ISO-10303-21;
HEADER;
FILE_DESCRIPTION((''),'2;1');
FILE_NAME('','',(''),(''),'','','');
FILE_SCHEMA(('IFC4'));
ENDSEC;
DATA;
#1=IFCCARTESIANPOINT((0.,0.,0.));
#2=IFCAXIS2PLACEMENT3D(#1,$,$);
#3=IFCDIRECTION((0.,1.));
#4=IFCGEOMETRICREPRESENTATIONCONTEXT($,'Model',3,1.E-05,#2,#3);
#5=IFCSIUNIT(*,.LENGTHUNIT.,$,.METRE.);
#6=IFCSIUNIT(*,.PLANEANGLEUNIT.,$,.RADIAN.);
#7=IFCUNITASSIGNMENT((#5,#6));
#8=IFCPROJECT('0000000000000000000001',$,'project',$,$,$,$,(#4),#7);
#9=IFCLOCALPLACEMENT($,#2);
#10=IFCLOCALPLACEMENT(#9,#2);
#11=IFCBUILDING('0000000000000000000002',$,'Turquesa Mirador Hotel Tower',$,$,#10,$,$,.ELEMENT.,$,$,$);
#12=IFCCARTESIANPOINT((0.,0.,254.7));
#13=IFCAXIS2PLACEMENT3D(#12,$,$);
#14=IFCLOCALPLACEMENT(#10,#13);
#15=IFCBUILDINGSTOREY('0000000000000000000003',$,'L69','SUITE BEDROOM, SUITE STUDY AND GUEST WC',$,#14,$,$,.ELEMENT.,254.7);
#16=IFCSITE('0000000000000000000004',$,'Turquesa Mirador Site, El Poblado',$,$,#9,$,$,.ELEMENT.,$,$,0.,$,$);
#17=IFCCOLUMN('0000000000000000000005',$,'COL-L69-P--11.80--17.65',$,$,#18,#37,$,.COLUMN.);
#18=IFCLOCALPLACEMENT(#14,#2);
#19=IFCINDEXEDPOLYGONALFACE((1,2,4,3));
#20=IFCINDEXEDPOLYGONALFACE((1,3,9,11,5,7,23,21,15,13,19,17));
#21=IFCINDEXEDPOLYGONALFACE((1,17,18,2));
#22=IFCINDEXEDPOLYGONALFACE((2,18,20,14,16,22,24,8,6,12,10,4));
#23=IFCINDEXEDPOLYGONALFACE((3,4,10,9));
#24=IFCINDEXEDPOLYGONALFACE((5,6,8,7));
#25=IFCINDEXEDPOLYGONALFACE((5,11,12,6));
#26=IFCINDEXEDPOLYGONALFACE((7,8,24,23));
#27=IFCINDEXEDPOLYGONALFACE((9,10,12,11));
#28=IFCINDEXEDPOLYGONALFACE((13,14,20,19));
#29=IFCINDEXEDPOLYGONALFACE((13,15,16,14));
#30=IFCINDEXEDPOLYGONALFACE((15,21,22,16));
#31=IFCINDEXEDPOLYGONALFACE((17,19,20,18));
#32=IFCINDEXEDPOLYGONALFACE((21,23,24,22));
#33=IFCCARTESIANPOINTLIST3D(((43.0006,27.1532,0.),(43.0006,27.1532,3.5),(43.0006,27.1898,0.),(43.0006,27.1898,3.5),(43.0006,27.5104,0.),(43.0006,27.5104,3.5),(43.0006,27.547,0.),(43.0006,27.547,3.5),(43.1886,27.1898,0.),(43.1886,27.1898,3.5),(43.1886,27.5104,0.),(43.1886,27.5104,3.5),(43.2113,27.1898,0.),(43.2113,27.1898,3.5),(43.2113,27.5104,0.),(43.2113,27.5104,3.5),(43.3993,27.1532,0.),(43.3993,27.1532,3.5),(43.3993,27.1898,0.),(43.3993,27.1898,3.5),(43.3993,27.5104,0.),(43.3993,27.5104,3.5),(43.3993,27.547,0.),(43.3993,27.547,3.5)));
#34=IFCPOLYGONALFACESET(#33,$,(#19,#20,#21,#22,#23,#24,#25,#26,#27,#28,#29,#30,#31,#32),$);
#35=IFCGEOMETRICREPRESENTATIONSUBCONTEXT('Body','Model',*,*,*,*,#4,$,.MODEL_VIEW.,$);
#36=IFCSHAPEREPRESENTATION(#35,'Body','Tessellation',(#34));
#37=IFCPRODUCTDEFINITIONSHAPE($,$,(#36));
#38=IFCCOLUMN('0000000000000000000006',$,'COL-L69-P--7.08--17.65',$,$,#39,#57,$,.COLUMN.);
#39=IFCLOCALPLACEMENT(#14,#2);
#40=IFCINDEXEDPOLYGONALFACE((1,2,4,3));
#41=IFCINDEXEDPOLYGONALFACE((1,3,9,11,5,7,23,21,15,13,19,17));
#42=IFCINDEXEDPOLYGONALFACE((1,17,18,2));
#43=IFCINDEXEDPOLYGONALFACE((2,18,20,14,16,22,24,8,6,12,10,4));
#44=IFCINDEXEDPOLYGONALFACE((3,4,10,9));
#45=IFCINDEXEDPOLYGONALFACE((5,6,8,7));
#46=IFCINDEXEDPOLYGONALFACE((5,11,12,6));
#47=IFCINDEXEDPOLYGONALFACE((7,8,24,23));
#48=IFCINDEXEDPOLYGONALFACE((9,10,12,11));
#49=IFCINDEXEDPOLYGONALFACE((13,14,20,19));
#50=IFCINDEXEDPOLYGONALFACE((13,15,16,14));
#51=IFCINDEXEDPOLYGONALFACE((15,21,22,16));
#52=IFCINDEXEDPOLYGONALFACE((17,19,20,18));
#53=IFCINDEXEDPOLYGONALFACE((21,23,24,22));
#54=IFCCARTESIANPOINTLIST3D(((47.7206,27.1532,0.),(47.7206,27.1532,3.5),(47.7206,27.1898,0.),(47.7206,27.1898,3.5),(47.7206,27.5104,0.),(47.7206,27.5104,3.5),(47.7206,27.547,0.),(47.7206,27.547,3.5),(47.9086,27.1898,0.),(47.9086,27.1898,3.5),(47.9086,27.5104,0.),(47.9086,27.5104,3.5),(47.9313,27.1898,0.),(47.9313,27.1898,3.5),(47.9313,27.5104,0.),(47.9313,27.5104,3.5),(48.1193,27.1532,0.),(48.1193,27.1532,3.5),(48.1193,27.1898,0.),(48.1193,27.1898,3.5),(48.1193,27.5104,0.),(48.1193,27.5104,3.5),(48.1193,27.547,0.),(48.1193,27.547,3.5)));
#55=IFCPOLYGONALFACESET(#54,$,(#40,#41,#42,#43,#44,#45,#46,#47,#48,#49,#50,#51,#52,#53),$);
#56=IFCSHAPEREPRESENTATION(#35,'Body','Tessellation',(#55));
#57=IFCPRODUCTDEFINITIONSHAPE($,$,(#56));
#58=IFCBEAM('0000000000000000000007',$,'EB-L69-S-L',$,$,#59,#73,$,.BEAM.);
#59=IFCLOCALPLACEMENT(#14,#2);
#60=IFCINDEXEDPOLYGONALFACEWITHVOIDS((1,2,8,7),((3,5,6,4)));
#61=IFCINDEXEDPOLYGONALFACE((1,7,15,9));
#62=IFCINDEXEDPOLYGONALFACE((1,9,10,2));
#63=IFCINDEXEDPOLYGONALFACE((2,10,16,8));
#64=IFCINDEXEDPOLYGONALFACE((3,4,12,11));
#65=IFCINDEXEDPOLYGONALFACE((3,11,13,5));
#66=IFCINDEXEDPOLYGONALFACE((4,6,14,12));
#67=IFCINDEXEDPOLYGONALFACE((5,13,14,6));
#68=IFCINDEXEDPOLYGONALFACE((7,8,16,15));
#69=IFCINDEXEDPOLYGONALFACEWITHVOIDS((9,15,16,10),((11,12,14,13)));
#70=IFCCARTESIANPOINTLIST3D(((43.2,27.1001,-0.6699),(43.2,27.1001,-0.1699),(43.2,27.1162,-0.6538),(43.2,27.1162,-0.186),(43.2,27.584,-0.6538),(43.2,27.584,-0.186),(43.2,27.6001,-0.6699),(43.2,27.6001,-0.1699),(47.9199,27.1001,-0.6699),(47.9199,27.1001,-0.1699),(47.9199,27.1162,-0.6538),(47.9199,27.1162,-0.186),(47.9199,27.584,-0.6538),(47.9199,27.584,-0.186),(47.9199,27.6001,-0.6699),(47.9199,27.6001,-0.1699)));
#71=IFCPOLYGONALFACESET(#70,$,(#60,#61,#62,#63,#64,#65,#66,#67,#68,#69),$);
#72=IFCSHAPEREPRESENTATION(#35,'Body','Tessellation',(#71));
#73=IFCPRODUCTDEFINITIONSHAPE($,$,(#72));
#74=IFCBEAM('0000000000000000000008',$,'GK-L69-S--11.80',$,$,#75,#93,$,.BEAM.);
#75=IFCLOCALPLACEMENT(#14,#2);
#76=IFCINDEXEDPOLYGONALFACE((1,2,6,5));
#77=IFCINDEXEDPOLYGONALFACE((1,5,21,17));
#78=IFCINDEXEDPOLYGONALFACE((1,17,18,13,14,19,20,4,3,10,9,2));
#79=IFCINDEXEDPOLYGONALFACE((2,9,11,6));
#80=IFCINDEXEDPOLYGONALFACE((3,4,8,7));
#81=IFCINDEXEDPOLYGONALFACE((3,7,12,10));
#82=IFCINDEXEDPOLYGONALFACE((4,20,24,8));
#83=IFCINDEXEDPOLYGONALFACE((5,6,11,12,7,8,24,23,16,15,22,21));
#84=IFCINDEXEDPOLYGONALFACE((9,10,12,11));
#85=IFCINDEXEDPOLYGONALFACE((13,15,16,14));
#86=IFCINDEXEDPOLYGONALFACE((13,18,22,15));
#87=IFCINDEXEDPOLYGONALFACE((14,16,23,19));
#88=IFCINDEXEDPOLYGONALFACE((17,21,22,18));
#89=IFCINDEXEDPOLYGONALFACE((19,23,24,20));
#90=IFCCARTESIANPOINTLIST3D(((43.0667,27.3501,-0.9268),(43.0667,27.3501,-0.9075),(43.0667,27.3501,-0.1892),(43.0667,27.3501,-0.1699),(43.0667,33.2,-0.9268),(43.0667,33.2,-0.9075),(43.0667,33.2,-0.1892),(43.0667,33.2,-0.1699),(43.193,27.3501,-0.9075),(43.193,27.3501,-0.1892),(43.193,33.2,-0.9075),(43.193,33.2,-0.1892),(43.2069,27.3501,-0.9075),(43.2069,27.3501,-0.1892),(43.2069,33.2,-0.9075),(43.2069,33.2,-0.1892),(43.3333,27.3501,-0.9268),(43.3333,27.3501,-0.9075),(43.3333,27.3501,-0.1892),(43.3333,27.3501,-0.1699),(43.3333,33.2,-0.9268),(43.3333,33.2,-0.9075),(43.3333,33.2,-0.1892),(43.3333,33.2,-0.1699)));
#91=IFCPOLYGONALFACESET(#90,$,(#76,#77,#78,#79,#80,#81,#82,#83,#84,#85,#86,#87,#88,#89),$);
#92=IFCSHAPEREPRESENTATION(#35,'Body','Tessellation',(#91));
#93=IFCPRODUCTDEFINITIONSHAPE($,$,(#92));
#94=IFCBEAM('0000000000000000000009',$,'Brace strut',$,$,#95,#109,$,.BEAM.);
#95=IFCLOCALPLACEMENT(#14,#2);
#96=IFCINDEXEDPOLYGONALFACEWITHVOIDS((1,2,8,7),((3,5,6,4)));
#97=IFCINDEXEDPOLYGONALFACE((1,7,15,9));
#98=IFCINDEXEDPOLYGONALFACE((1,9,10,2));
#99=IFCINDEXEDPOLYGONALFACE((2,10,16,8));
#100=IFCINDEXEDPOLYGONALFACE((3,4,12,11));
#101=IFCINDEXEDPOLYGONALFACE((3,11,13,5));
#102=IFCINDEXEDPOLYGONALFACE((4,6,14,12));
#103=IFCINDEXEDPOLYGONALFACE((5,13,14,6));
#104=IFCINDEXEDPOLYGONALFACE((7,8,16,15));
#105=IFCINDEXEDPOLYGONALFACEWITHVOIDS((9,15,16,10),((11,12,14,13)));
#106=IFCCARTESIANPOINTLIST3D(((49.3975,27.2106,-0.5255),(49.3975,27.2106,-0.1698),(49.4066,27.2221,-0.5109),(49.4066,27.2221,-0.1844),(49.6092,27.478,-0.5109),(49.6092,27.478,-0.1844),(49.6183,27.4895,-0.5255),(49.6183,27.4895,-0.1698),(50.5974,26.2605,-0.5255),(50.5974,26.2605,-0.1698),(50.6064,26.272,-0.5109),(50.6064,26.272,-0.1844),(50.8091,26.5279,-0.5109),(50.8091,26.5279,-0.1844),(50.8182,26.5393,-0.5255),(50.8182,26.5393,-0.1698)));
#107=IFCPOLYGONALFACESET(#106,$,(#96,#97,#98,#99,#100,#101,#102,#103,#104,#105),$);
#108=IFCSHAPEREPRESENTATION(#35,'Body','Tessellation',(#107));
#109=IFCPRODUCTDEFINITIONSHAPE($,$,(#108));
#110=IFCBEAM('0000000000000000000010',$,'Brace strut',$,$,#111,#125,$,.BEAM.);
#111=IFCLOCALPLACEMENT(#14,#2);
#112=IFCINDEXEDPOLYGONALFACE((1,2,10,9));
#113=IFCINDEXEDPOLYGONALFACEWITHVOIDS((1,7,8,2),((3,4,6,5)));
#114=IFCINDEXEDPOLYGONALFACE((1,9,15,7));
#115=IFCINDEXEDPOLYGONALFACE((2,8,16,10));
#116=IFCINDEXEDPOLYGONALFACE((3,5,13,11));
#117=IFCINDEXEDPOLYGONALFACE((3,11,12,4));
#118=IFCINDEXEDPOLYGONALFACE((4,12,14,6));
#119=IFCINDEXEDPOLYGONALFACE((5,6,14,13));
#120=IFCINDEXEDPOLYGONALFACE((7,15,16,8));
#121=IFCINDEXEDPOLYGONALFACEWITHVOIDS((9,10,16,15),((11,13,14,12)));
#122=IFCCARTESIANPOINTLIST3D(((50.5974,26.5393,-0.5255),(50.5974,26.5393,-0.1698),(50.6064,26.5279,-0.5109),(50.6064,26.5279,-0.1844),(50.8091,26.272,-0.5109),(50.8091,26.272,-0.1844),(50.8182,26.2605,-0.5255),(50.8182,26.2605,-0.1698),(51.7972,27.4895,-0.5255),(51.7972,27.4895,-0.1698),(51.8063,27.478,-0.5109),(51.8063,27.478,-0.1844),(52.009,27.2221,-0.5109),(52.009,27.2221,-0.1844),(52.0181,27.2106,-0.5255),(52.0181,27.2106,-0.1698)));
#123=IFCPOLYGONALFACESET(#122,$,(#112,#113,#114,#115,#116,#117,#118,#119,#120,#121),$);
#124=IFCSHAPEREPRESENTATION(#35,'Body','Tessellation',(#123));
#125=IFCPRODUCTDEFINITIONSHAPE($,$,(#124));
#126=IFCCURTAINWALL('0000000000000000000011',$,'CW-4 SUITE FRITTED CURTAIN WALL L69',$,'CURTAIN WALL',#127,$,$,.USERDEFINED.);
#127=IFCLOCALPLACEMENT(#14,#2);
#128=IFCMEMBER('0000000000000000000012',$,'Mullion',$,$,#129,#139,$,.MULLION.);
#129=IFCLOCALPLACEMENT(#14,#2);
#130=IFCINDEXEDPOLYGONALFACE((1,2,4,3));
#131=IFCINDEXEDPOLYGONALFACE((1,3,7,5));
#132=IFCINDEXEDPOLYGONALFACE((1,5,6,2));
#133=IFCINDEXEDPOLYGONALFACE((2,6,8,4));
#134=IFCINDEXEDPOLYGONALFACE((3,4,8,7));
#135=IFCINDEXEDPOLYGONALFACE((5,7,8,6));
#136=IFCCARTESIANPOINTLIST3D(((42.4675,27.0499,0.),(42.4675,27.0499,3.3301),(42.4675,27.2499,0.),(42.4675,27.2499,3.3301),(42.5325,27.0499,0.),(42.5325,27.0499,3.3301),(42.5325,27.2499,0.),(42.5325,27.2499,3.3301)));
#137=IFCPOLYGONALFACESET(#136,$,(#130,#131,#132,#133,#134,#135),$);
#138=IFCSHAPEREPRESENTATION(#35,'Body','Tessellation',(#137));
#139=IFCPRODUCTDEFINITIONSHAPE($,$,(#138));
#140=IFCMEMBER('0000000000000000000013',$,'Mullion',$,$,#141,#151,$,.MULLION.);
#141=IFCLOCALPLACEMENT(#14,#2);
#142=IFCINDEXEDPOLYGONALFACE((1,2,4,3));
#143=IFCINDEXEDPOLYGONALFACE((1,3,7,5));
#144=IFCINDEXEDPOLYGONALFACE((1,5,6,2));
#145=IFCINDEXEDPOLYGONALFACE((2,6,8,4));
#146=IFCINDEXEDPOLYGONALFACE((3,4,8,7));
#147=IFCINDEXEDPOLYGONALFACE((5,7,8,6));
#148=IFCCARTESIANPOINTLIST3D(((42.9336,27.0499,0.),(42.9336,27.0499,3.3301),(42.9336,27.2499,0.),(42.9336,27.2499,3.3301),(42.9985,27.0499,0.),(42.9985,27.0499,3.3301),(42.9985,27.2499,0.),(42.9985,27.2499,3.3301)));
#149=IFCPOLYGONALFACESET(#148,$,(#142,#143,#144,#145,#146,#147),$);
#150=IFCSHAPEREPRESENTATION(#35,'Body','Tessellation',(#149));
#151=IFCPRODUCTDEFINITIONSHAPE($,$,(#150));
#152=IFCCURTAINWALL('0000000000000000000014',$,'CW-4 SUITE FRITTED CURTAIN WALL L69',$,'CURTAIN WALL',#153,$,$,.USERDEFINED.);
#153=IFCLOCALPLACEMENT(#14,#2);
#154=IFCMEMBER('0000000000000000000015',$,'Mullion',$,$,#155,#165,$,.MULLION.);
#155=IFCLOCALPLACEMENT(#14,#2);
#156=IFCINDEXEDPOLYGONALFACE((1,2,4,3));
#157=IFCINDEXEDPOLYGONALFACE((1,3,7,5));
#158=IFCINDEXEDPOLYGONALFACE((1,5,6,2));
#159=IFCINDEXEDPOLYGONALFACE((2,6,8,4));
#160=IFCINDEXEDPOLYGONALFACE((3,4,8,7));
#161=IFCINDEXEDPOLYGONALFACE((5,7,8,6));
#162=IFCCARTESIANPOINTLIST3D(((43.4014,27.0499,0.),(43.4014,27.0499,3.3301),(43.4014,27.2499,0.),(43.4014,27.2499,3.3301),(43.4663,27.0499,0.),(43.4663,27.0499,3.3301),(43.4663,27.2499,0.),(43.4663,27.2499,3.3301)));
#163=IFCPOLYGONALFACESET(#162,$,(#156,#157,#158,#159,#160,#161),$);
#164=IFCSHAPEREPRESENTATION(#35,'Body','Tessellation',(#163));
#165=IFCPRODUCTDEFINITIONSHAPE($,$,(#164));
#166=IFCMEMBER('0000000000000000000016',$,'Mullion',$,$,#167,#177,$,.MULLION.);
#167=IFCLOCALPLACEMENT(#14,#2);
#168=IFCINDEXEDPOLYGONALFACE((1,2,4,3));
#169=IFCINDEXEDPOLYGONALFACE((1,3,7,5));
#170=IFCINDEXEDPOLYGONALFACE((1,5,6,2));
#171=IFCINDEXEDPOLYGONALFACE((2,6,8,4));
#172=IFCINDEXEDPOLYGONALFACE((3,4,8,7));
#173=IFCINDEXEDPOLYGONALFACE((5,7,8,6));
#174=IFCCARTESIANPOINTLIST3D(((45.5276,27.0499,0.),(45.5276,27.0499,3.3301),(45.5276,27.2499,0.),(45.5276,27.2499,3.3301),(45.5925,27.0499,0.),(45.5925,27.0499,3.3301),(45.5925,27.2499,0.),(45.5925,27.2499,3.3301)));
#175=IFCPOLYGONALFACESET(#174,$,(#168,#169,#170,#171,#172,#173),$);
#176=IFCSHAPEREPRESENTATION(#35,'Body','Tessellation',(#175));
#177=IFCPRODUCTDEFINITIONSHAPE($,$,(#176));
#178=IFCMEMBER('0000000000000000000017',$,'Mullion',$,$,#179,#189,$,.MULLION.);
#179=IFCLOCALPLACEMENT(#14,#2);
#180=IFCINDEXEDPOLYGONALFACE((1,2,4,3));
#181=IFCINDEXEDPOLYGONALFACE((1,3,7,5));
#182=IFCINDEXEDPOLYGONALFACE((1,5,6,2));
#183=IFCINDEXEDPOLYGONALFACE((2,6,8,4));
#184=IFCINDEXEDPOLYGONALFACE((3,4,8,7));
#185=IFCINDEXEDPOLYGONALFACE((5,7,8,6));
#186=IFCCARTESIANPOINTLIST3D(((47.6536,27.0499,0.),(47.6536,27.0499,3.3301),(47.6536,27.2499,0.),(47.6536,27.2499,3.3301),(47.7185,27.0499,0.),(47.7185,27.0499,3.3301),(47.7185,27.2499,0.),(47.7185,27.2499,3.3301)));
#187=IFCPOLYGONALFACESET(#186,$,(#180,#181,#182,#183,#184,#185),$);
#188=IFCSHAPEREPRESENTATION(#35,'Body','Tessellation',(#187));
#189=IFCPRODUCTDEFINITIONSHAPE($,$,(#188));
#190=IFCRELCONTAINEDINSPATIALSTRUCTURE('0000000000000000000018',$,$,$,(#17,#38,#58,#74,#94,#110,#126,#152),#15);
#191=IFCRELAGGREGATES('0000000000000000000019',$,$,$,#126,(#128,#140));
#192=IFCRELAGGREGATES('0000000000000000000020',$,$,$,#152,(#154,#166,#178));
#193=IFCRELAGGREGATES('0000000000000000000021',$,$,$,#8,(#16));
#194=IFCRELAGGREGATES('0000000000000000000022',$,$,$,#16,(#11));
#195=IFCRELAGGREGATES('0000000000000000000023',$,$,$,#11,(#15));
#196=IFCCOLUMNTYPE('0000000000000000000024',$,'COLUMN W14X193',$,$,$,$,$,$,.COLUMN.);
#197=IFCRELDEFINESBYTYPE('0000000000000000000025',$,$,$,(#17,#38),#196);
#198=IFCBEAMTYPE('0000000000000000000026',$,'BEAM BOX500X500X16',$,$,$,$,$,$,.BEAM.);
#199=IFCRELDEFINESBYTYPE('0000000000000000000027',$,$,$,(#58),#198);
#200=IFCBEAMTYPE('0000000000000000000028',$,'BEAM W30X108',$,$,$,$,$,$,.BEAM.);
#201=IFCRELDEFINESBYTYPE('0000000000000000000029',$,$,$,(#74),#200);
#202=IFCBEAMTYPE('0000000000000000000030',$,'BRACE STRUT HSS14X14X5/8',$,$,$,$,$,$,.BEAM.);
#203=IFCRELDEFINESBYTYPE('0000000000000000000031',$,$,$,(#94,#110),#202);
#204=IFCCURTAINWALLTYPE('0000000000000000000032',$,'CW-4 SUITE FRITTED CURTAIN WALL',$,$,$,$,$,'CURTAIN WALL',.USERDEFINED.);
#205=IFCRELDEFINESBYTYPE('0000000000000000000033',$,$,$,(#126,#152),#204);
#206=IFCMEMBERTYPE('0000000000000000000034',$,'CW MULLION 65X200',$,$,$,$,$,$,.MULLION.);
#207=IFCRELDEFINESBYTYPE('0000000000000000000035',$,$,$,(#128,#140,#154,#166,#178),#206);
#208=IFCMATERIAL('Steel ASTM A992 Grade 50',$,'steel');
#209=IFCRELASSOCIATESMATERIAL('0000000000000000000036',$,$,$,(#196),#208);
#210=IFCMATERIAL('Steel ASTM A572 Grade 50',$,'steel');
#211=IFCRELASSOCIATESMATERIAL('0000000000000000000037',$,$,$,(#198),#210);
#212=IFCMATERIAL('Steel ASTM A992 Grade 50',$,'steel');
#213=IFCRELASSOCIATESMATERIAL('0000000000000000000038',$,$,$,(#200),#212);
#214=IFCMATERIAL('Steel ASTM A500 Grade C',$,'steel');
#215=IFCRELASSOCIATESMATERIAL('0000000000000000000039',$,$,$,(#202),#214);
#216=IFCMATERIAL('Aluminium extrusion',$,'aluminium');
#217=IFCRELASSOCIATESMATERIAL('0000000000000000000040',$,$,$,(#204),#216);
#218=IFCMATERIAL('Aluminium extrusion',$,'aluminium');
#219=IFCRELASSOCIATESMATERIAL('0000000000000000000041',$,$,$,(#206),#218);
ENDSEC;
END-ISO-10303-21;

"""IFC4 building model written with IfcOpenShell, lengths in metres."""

from ifc_helpers import new_model, si_unit, direction, frame, origin, origin_2d, place, context, subcontext, project, spatial, rectangle, hollow_rectangle, i_section, extrude, material, material_profile, profile_set, type_object, element, aggregate, save


model = new_model("IFC4")

# Units and contexts
model_context = context("Model", 3, precision=1e-05, world=origin(), true_north=direction((0.0, 1.0)))
body_context = subcontext(model_context, "Body", "Model", "MODEL_VIEW")
ifc_project = project(units=[si_unit("LENGTHUNIT", "METRE"), si_unit("PLANEANGLEUNIT", "RADIAN")], contexts=[model_context])

# Site, building, storey
site_placement = place(None, origin())
site = spatial("IfcSite", under=ifc_project, at=site_placement, Name="Turquesa Mirador Site, El Poblado", CompositionType="ELEMENT", RefElevation=0.0)
building_placement = place(site_placement, origin())
building = spatial("IfcBuilding", under=site, at=building_placement, Name="Turquesa Mirador Hotel Tower", CompositionType="ELEMENT")
storey_placement = place(building_placement, frame((0.0, 0.0, 254.7)))
storey = spatial("IfcBuildingStorey", under=building, at=storey_placement, Name="L69", Description="SUITE BEDROOM, SUITE STUDY AND GUEST WC", CompositionType="ELEMENT", Elevation=254.7)

# Columns
ifc_material_1 = material(Name="Steel ASTM A992 Grade 50", Category="steel")
ifc_material_profile_1 = material_profile(ifc_material_1, i_section(OverallWidth=0.3987, OverallDepth=0.3938, WebThickness=0.0227, FlangeThickness=0.0366, at=origin_2d()), Name="W14X193")
ifc_profile_set_1 = profile_set([ifc_material_profile_1], Name="Steel ASTM A992 Grade 50")
column_type = type_object("IfcColumnType", Name="COLUMN W14X193", PredefinedType="COLUMN", material=ifc_profile_set_1)
for number, where, z_axis, x_axis, name in (
    (1, (43.2, 27.3501, 0.0), (0.0, 0.0, 1.0), (1.0, 0.0, 0.0), "COL-L69-P--11.80--17.65"),
    (2, (47.9199, 27.3501, 0.0), (0.0, 0.0, 1.0), (1.0, 0.0, 0.0), "COL-L69-P--7.08--17.65"),
):
    element("IfcColumn", number, at=place(storey_placement, frame(where, z_axis=z_axis, x_axis=x_axis)), inside=storey, type_object=column_type, Name=name, PredefinedType="COLUMN", context=body_context, shape_type="SweptSolid", body=[
        extrude(i_section(OverallWidth=0.3987, OverallDepth=0.3938, WebThickness=0.0227, FlangeThickness=0.0366, at=origin_2d()), origin(), (0.0, 0.0, 1.0), 3.5),
    ])

# Beams
ifc_material_2 = material(Name="Steel ASTM A572 Grade 50", Category="steel")
ifc_material_profile_2 = material_profile(ifc_material_2, hollow_rectangle(XDim=0.5, YDim=0.5, WallThickness=0.0161, at=origin_2d()), Name="BOX500X500X16")
ifc_profile_set_2 = profile_set([ifc_material_profile_2], Name="Steel ASTM A572 Grade 50")
beam_type_1 = type_object("IfcBeamType", Name="BEAM BOX500X500X16", PredefinedType="BEAM", material=ifc_profile_set_2)
beam_1_placement = place(storey_placement, frame((43.2, 27.3501, -0.4199), z_axis=(1.0, 0.0, 0.0), x_axis=(0.0, 1.0, 0.0)))
element("IfcBeam", 3, at=beam_1_placement, inside=storey, type_object=beam_type_1, Name="EB-L69-S-L", PredefinedType="BEAM", context=body_context, shape_type="SweptSolid", body=[
    extrude(hollow_rectangle(XDim=0.5, YDim=0.5, WallThickness=0.0161, at=origin_2d()), origin(), (0.0, 0.0, 1.0), 4.72),
])
ifc_material_3 = material(Name="Steel ASTM A992 Grade 50", Category="steel")
ifc_material_profile_3 = material_profile(ifc_material_3, i_section(OverallWidth=0.2666, OverallDepth=0.7568, WebThickness=0.0139, FlangeThickness=0.0193, at=origin_2d()), Name="W30X108")
ifc_profile_set_3 = profile_set([ifc_material_profile_3], Name="Steel ASTM A992 Grade 50")
beam_type_2 = type_object("IfcBeamType", Name="BEAM W30X108", PredefinedType="BEAM", material=ifc_profile_set_3)
beam_2_placement = place(storey_placement, frame((43.2, 27.3501, -0.5483), z_axis=(0.0, 1.0, 0.0), x_axis=(-1.0, 0.0, 0.0)))
element("IfcBeam", 4, at=beam_2_placement, inside=storey, type_object=beam_type_2, Name="GK-L69-S--11.80", PredefinedType="BEAM", context=body_context, shape_type="SweptSolid", body=[
    extrude(i_section(OverallWidth=0.2666, OverallDepth=0.7568, WebThickness=0.0139, FlangeThickness=0.0193, at=origin_2d()), origin(), (0.0, 0.0, 1.0), 5.8499),
])
ifc_material_4 = material(Name="Steel ASTM A500 Grade C", Category="steel")
ifc_material_profile_4 = material_profile(ifc_material_4, hollow_rectangle(XDim=0.3557, YDim=0.3557, WallThickness=0.0146, at=origin_2d()), Name="HSS14X14X5/8")
ifc_profile_set_4 = profile_set([ifc_material_profile_4], Name="Steel ASTM A500 Grade C")
beam_type_3 = type_object("IfcBeamType", Name="BRACE STRUT HSS14X14X5/8", PredefinedType="BEAM", material=ifc_profile_set_4)
for number, where, z_axis, x_axis, name in (
    (5, (50.7078, 26.3999, -0.3477), (-0.783971, 0.620797, 0.0), (-0.620797, -0.783971, 0.0), "Brace strut"),
    (6, (50.7078, 26.3999, -0.3477), (0.783971, 0.620797, 0.0), (-0.620797, 0.783971, 0.0), "Brace strut"),
):
    element("IfcBeam", number, at=place(storey_placement, frame(where, z_axis=z_axis, x_axis=x_axis)), inside=storey, type_object=beam_type_3, Name=name, PredefinedType="BEAM", context=body_context, shape_type="SweptSolid", body=[
        extrude(hollow_rectangle(XDim=0.3557, YDim=0.3557, WallThickness=0.0146, at=origin_2d()), origin(), (0.0, 0.0, 1.0), 1.5305),
    ])

# Curtain walls, members
ifc_material_5 = material(Name="Aluminium extrusion", Category="aluminium")
curtain_wall_type = type_object("IfcCurtainWallType", Name="CW-4 SUITE FRITTED CURTAIN WALL", ElementType="CURTAIN WALL", PredefinedType="USERDEFINED", material=ifc_material_5)
curtain_wall_1_placement = place(storey_placement, origin())
curtain_wall_1 = element("IfcCurtainWall", 7, at=curtain_wall_1_placement, inside=storey, type_object=curtain_wall_type, Name="CW-4 SUITE FRITTED CURTAIN WALL L69", ObjectType="CURTAIN WALL", PredefinedType="USERDEFINED")
ifc_material_6 = material(Name="Aluminium extrusion", Category="aluminium")
ifc_material_profile_5 = material_profile(ifc_material_6, rectangle(XDim=0.0649, YDim=0.2, at=origin_2d()), Name="MULLION 65X200")
ifc_profile_set_5 = profile_set([ifc_material_profile_5], Name="Aluminium extrusion")
member_type_1 = type_object("IfcMemberType", Name="CW MULLION 65X200", PredefinedType="MULLION", material=ifc_profile_set_5)
member_1_placement = place(storey_placement, frame((42.5, 27.1499, 0.0), z_axis=(0.0, 0.0, 1.0), x_axis=(1.0, 0.0, 0.0)))
member_1 = element("IfcMember", 8, at=member_1_placement, type_object=member_type_1, Name="Mullion", PredefinedType="MULLION", context=body_context, shape_type="SweptSolid", body=[
    extrude(rectangle(XDim=0.0649, YDim=0.2, at=origin_2d()), origin(), (0.0, 0.0, 1.0), 3.3301),
])
member_2_placement = place(storey_placement, frame((42.9661, 27.1499, 0.0), z_axis=(0.0, 0.0, 1.0), x_axis=(1.0, 0.0, 0.0)))
member_2 = element("IfcMember", 9, at=member_2_placement, type_object=member_type_1, Name="Mullion", PredefinedType="MULLION", context=body_context, shape_type="SweptSolid", body=[
    extrude(rectangle(XDim=0.0649, YDim=0.2, at=origin_2d()), origin(), (0.0, 0.0, 1.0), 3.3301),
])
curtain_wall_2_placement = place(storey_placement, origin())
curtain_wall_2 = element("IfcCurtainWall", 10, at=curtain_wall_2_placement, inside=storey, type_object=curtain_wall_type, Name="CW-4 SUITE FRITTED CURTAIN WALL L69", ObjectType="CURTAIN WALL", PredefinedType="USERDEFINED")
member_3_placement = place(storey_placement, frame((43.4338, 27.1499, 0.0), z_axis=(0.0, 0.0, 1.0), x_axis=(1.0, 0.0, 0.0)))
member_3 = element("IfcMember", 11, at=member_3_placement, type_object=member_type_1, Name="Mullion", PredefinedType="MULLION", context=body_context, shape_type="SweptSolid", body=[
    extrude(rectangle(XDim=0.0649, YDim=0.2, at=origin_2d()), origin(), (0.0, 0.0, 1.0), 3.3301),
])
member_4_placement = place(storey_placement, frame((45.5601, 27.1499, 0.0), z_axis=(0.0, 0.0, 1.0), x_axis=(1.0, 0.0, 0.0)))
member_4 = element("IfcMember", 12, at=member_4_placement, type_object=member_type_1, Name="Mullion", PredefinedType="MULLION", context=body_context, shape_type="SweptSolid", body=[
    extrude(rectangle(XDim=0.0649, YDim=0.2, at=origin_2d()), origin(), (0.0, 0.0, 1.0), 3.3301),
])
member_5_placement = place(storey_placement, frame((47.686, 27.1499, 0.0), z_axis=(0.0, 0.0, 1.0), x_axis=(1.0, 0.0, 0.0)))
member_5 = element("IfcMember", 13, at=member_5_placement, type_object=member_type_1, Name="Mullion", PredefinedType="MULLION", context=body_context, shape_type="SweptSolid", body=[
    extrude(rectangle(XDim=0.0649, YDim=0.2, at=origin_2d()), origin(), (0.0, 0.0, 1.0), 3.3301),
])

aggregate(curtain_wall_1, [member_1, member_2])
aggregate(curtain_wall_2, [member_3, member_4, member_5])

save(model, "model.ifc")
